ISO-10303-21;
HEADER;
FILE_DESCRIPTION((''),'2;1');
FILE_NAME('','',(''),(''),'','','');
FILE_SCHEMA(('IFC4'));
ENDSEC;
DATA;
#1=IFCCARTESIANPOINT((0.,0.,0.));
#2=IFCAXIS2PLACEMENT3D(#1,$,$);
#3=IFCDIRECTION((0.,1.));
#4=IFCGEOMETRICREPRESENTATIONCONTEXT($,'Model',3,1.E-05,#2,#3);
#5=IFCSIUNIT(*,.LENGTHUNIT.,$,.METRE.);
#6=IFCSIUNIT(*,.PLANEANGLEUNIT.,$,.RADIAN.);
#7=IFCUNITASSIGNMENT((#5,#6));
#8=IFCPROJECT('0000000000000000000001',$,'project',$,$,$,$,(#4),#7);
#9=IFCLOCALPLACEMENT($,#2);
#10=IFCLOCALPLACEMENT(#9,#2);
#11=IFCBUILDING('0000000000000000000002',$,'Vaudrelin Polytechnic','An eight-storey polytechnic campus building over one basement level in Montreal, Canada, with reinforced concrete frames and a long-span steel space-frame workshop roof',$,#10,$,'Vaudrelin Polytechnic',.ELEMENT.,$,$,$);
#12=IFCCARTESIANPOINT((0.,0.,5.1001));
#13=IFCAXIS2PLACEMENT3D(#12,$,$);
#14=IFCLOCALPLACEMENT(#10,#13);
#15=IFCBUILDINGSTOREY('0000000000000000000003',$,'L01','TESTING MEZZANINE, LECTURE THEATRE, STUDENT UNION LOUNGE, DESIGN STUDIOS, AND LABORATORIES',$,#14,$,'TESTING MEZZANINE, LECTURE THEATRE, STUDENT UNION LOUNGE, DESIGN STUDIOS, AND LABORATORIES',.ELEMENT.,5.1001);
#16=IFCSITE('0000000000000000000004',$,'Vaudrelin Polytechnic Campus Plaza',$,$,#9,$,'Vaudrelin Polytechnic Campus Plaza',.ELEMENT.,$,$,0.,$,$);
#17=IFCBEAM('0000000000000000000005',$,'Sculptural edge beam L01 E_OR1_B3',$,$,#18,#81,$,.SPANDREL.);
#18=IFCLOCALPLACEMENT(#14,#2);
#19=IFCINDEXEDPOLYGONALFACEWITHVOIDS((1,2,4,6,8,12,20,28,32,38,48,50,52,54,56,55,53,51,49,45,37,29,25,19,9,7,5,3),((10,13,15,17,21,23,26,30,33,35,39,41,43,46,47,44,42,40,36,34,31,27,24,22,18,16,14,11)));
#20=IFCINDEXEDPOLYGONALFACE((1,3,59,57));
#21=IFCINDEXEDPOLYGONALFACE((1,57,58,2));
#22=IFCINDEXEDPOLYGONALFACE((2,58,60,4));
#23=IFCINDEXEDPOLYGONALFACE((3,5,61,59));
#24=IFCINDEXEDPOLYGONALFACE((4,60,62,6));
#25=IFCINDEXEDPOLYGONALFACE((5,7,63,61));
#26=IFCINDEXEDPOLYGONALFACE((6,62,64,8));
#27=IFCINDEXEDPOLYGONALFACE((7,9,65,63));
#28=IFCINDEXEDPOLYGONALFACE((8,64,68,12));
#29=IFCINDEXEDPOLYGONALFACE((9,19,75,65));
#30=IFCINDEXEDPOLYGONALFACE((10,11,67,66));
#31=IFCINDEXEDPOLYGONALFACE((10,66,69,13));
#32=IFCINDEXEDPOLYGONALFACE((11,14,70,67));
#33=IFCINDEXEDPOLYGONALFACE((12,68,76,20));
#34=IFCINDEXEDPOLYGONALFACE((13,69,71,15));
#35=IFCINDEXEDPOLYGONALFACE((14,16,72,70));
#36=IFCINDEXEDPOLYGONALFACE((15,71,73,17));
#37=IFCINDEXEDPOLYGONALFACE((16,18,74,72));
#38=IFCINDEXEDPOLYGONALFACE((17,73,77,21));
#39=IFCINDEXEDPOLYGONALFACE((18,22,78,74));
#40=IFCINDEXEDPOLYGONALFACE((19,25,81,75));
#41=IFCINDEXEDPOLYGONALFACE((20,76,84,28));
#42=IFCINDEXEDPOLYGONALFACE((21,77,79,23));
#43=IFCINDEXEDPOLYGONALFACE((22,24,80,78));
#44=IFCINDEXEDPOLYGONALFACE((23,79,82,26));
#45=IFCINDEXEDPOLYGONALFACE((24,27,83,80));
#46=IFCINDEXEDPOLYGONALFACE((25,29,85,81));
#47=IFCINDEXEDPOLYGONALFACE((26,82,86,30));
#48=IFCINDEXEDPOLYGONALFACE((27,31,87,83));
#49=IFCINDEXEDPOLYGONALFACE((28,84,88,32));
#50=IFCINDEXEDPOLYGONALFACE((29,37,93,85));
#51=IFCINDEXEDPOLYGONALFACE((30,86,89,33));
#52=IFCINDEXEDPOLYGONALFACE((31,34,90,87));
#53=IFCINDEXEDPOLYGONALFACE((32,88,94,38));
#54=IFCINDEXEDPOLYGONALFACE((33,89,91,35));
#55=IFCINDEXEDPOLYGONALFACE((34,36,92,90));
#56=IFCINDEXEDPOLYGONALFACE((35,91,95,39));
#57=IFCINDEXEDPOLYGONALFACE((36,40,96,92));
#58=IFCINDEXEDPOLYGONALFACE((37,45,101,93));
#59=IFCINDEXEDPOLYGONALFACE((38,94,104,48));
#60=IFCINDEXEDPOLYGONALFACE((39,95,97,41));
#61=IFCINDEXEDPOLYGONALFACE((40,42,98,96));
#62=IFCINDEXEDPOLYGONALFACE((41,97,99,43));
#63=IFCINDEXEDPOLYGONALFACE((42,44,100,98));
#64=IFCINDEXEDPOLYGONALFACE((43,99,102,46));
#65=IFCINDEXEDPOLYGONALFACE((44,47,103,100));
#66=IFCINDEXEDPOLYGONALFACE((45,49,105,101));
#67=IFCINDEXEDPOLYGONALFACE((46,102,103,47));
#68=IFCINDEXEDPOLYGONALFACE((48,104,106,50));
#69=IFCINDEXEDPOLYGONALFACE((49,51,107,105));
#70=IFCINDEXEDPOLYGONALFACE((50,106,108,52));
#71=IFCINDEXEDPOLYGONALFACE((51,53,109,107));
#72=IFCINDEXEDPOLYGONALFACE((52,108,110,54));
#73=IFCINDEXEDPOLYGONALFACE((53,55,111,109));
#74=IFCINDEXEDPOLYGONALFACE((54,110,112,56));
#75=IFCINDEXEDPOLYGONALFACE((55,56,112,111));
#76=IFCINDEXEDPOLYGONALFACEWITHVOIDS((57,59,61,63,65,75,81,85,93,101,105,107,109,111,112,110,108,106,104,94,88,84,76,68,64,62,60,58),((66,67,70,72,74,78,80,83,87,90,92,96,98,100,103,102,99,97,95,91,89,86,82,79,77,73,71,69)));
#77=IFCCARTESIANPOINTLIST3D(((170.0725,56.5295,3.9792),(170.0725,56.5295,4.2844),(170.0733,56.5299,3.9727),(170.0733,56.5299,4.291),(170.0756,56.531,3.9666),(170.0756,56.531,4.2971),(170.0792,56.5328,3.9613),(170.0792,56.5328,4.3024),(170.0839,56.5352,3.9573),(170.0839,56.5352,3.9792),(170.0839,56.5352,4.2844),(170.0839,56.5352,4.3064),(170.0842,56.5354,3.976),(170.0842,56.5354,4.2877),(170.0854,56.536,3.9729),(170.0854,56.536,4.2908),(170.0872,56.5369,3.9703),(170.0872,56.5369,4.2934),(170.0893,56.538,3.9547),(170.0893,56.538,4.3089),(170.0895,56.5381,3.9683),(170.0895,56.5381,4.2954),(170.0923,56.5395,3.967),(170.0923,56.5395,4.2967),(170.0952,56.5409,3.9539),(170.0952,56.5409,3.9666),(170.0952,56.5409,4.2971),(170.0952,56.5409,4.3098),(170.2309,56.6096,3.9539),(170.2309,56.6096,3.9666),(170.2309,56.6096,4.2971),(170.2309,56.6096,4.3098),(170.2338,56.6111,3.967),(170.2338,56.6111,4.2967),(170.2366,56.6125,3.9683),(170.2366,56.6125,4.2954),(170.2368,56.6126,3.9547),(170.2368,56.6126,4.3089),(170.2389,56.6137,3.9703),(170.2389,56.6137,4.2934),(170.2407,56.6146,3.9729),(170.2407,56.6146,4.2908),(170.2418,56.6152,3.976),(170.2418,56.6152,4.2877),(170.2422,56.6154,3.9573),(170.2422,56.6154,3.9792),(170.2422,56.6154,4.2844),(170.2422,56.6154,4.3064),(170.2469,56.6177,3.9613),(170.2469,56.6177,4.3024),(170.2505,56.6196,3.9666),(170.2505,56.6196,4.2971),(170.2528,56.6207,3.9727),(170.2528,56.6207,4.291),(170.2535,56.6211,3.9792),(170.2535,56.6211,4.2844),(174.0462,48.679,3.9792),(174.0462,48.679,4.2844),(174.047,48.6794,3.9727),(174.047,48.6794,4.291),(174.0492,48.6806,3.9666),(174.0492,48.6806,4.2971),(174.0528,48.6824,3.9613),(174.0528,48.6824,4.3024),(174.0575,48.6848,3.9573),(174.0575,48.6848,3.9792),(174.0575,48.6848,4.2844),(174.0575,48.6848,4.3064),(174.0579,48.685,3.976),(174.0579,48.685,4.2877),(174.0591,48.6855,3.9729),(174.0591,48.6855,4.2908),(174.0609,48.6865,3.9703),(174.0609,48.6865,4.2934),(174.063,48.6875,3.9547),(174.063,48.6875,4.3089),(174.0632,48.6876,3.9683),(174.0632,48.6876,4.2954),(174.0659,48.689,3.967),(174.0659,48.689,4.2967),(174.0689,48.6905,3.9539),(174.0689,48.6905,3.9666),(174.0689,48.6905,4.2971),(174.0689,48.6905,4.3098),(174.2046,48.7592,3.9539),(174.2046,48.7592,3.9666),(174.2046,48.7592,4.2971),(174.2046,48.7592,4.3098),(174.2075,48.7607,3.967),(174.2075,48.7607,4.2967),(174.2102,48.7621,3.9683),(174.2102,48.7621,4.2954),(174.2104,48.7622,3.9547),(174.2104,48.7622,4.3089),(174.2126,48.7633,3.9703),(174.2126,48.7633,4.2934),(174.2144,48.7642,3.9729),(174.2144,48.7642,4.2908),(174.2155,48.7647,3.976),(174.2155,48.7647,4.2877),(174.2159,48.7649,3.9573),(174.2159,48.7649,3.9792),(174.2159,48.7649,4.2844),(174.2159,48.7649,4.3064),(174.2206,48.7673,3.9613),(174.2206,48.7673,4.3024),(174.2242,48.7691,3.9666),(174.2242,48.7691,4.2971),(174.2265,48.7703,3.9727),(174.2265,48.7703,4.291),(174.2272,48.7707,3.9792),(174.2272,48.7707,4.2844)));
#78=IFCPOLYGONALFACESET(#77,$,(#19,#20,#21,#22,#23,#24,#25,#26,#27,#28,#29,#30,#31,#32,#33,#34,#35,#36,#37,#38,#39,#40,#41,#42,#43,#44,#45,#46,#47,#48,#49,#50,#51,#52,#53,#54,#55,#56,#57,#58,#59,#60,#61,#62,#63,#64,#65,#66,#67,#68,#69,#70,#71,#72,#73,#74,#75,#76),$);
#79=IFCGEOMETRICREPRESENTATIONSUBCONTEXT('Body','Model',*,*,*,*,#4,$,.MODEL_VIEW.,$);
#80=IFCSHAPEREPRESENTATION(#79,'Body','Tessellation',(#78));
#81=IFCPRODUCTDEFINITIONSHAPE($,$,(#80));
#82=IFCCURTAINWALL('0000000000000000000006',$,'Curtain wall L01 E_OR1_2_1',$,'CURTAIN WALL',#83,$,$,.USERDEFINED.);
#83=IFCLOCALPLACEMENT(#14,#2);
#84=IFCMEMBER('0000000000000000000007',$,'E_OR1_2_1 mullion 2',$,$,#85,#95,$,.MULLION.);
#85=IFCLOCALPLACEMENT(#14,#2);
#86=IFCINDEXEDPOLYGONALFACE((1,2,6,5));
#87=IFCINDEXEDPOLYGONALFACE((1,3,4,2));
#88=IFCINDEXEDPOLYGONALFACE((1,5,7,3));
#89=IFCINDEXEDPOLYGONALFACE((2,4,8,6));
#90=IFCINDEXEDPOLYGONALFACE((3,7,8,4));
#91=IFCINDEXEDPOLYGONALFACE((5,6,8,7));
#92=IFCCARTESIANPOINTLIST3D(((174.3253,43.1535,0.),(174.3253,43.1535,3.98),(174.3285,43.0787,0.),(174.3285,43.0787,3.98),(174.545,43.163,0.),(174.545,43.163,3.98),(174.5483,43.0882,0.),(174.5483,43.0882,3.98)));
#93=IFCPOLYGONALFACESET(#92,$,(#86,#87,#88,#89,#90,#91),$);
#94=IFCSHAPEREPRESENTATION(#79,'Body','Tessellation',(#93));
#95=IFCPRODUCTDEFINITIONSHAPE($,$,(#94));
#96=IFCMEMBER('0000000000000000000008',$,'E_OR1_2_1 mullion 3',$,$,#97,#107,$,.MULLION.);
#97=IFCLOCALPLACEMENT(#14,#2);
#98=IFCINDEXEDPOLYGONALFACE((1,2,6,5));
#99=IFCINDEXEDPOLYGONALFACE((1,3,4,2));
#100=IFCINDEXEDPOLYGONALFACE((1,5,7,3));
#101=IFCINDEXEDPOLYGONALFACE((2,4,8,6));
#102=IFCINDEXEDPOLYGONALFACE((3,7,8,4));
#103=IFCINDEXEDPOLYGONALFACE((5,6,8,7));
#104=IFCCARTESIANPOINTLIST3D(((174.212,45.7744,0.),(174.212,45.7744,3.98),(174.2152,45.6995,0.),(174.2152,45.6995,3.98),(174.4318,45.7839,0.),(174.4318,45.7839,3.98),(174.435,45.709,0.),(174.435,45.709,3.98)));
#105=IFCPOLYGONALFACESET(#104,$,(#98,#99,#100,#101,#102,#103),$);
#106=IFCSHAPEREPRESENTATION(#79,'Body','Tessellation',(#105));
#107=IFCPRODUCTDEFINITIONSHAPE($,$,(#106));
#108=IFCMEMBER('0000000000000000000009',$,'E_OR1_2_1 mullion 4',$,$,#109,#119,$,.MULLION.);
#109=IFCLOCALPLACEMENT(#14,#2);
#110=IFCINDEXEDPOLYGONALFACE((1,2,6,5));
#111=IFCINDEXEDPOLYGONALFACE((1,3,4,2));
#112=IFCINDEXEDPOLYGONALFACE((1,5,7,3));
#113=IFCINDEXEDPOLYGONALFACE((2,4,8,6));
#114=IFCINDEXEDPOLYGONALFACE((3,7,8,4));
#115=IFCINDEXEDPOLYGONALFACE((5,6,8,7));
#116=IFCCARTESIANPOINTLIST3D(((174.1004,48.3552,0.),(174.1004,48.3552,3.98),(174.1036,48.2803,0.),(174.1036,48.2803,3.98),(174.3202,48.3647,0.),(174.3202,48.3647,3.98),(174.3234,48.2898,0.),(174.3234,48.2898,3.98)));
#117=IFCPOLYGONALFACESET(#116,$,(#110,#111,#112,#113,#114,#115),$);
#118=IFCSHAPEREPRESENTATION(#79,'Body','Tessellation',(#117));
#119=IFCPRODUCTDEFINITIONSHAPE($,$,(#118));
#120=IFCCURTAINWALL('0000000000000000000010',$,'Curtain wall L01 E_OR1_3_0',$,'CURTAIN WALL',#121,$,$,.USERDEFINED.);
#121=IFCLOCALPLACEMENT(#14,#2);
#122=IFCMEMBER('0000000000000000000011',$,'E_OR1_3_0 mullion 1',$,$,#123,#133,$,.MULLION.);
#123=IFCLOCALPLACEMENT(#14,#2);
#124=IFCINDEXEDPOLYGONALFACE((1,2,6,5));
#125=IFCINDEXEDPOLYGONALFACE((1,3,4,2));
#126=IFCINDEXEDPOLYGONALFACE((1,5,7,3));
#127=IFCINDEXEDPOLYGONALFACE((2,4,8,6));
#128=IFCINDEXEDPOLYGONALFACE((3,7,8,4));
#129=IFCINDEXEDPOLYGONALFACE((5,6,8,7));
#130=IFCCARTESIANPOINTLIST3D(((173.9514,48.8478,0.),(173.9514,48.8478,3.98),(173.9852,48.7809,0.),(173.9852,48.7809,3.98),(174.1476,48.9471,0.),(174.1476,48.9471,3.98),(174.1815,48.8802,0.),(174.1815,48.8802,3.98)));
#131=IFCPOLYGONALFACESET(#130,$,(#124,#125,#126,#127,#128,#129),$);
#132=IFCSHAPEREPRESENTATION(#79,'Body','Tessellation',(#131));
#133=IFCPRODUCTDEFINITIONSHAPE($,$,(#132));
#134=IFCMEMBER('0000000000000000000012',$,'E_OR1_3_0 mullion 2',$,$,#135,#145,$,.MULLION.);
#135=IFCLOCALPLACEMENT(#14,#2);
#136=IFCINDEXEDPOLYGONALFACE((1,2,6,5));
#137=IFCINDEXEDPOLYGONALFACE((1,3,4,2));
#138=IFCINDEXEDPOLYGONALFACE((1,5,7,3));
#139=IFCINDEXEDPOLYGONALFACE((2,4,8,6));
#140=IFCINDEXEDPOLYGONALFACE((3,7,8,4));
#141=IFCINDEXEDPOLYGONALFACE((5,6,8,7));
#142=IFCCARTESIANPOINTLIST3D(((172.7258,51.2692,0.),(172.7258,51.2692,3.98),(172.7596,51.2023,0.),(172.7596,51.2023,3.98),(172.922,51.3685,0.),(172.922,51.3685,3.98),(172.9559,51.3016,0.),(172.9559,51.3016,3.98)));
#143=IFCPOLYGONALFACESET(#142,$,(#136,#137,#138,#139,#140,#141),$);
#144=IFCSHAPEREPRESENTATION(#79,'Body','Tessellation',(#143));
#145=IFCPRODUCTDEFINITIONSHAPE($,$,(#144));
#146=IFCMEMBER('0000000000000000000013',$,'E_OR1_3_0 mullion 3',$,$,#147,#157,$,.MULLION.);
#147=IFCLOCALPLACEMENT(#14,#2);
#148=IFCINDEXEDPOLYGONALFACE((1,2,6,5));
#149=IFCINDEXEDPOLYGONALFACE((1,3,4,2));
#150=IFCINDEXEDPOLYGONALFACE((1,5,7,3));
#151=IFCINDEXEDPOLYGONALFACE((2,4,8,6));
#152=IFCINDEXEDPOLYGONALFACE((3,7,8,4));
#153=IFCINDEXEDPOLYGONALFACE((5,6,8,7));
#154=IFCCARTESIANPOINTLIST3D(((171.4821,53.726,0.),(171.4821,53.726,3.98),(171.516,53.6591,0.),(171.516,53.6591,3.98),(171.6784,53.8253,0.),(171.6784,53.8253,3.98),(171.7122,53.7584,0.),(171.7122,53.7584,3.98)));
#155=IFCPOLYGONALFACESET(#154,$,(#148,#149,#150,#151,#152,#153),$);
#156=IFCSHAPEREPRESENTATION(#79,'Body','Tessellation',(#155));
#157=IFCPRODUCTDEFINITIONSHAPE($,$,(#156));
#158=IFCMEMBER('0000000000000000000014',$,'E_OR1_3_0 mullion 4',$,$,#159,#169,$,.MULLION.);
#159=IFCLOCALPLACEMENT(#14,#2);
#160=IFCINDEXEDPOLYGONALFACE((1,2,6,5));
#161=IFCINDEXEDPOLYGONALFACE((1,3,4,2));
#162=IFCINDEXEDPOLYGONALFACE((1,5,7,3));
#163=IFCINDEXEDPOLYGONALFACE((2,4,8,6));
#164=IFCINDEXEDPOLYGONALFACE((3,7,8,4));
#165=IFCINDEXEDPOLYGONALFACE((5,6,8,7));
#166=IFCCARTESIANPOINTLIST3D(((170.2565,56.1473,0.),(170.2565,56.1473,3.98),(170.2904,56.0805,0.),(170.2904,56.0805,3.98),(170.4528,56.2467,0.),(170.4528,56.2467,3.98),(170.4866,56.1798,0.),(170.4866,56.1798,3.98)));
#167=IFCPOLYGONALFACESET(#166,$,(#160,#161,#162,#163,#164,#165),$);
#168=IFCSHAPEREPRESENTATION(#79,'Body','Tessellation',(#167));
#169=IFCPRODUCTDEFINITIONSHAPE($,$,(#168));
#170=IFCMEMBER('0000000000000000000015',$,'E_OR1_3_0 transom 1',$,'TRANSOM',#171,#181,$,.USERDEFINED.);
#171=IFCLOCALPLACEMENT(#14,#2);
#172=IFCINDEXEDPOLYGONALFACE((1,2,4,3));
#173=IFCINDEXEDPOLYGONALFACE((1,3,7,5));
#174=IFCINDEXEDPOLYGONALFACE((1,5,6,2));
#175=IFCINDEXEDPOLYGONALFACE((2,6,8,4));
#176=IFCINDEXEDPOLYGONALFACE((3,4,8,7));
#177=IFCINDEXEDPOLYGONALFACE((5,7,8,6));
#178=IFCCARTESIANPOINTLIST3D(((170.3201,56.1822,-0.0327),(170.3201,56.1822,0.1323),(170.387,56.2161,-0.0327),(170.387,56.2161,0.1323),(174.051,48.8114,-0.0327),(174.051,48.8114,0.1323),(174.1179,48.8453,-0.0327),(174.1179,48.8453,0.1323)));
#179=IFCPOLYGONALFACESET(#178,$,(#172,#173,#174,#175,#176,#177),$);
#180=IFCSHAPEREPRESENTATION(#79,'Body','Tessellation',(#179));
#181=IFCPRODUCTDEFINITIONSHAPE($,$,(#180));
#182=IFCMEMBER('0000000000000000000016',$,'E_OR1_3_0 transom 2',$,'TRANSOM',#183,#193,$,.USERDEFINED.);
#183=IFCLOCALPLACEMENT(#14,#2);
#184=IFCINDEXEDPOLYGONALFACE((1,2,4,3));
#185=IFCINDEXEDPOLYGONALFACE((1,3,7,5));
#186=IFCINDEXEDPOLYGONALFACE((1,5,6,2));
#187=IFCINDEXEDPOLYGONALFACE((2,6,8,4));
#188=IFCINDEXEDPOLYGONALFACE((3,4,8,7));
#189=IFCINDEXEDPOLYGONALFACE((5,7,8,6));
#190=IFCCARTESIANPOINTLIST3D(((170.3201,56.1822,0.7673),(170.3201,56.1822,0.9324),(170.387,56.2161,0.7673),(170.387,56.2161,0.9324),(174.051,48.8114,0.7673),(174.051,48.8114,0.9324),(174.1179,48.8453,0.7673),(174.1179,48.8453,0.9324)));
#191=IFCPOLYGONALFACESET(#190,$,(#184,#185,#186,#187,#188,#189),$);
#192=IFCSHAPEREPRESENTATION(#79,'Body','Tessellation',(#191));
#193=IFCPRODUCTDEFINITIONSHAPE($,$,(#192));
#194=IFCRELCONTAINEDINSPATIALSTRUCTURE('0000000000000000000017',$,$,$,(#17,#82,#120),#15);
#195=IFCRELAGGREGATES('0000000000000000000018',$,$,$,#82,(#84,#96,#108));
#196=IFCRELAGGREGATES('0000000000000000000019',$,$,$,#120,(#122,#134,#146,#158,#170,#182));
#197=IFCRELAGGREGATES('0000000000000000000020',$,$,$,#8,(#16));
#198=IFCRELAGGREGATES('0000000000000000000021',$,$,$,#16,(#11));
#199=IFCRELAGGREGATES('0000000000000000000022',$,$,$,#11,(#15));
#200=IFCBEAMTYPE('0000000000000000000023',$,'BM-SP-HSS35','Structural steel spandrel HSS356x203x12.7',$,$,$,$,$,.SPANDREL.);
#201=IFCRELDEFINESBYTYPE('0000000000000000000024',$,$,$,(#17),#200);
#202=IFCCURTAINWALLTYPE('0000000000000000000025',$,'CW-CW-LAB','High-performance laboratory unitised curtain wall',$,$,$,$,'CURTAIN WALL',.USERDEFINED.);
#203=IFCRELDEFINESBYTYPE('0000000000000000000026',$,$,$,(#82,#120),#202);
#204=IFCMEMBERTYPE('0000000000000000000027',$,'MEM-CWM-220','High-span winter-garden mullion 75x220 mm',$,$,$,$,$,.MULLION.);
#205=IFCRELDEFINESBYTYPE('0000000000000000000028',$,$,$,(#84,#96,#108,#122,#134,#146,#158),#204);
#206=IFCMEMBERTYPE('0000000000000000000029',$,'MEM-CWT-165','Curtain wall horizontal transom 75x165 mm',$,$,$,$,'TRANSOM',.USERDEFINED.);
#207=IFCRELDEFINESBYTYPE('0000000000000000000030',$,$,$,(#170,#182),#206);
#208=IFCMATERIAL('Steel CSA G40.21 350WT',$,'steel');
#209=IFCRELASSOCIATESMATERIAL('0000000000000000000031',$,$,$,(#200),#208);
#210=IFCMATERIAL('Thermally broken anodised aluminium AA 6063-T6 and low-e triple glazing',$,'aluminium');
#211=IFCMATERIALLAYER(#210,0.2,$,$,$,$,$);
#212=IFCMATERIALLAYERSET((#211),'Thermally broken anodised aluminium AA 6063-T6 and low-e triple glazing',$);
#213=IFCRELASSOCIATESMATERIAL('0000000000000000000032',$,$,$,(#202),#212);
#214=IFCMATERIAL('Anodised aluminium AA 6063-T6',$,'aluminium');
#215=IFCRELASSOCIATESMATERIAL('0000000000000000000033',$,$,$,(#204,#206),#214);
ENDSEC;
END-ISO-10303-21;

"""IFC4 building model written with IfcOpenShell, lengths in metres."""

from ifc_helpers import new_model, si_unit, direction, frame, origin, origin_2d, place, context, subcontext, project, spatial, rectangle, hollow_rectangle, extrude, material, layer, layer_set, material_profile, profile_set, type_object, element, aggregate, save


model = new_model("IFC4")

# Units and contexts
model_context = context("Model", 3, precision=1e-05, world=origin(), true_north=direction((0.0, 1.0)))
body_context = subcontext(model_context, "Body", "Model", "MODEL_VIEW")
ifc_project = project(units=[si_unit("LENGTHUNIT", "METRE"), si_unit("PLANEANGLEUNIT", "RADIAN")], contexts=[model_context])

# Site, building, storey
site_placement = place(None, origin())
site = spatial("IfcSite", under=ifc_project, at=site_placement, Name="Vaudrelin Polytechnic Campus Plaza", LongName="Vaudrelin Polytechnic Campus Plaza", CompositionType="ELEMENT", RefElevation=0.0)
building_placement = place(site_placement, origin())
building = spatial("IfcBuilding", under=site, at=building_placement, Name="Vaudrelin Polytechnic", Description="An eight-storey polytechnic campus building over one basement level in Montreal, Canada, with reinforced concrete frames and a long-span steel space-frame workshop roof", LongName="Vaudrelin Polytechnic", CompositionType="ELEMENT")
storey_placement = place(building_placement, frame((0.0, 0.0, 5.1001)))
storey = spatial("IfcBuildingStorey", under=building, at=storey_placement, Name="L01", Description="TESTING MEZZANINE, LECTURE THEATRE, STUDENT UNION LOUNGE, DESIGN STUDIOS, AND LABORATORIES", LongName="TESTING MEZZANINE, LECTURE THEATRE, STUDENT UNION LOUNGE, DESIGN STUDIOS, AND LABORATORIES", CompositionType="ELEMENT", Elevation=5.1001)

# Shared definitions
ifc_material_1 = material(Name="Steel CSA G40.21 350WT", Category="steel")

# Beam
ifc_material_profile_1 = material_profile(ifc_material_1, hollow_rectangle(XDim=0.2029, YDim=0.356, WallThickness=0.0127, InnerFilletRadius=0.0127, OuterFilletRadius=0.0254, at=origin_2d()), Name="HSS356x203x12.7")
ifc_profile_set_1 = profile_set([ifc_material_profile_1], Name="Steel CSA G40.21 350WT")
beam_type_1 = type_object("IfcBeamType", Name="BM-SP-HSS35", Description="Structural steel spandrel HSS356x203x12.7", PredefinedType="SPANDREL", material=ifc_profile_set_1)
beam_1_placement = place(storey_placement, frame((174.1367, 48.7249, 4.1318), z_axis=(-0.451614, 0.892213, 0.0), x_axis=(-0.892213, -0.451614, 0.0)))
element("IfcBeam", 1, at=beam_1_placement, inside=storey, type_object=beam_type_1, Name="Sculptural edge beam L01 E_OR1_B3", PredefinedType="SPANDREL", context=body_context, shape_type="SweptSolid", body=[
    extrude(hollow_rectangle(XDim=0.2029, YDim=0.356, WallThickness=0.0127, InnerFilletRadius=0.0127, OuterFilletRadius=0.0254, at=origin_2d()), origin(), (0.0, 0.0, 1.0), 8.7988),
])

# Curtain walls, members
ifc_material_2 = material(Name="Thermally broken anodised aluminium AA 6063-T6 and low-e triple glazing", Category="aluminium")
ifc_layer_1 = layer(ifc_material_2, 0.2)
ifc_layer_set_1 = layer_set([ifc_layer_1], Name="Thermally broken anodised aluminium AA 6063-T6 and low-e triple glazing")
curtain_wall_type = type_object("IfcCurtainWallType", Name="CW-CW-LAB", Description="High-performance laboratory unitised curtain wall", ElementType="CURTAIN WALL", PredefinedType="USERDEFINED", material=ifc_layer_set_1)
curtain_wall_1_placement = place(storey_placement, origin())
curtain_wall_1 = element("IfcCurtainWall", 2, at=curtain_wall_1_placement, inside=storey, type_object=curtain_wall_type, Name="Curtain wall L01 E_OR1_2_1", ObjectType="CURTAIN WALL", PredefinedType="USERDEFINED")
ifc_material_3 = material(Name="Anodised aluminium AA 6063-T6", Category="aluminium")
ifc_material_profile_2 = material_profile(ifc_material_3, rectangle(XDim=0.075, YDim=0.22, at=origin_2d()), Name="CWM-75x220")
ifc_profile_set_2 = profile_set([ifc_material_profile_2], Name="Anodised aluminium AA 6063-T6")
member_type_1 = type_object("IfcMemberType", Name="MEM-CWM-220", Description="High-span winter-garden mullion 75x220 mm", PredefinedType="MULLION", material=ifc_profile_set_2)
member_1_placement = place(storey_placement, frame((174.4368, 43.1208, 0.0), z_axis=(0.0, 0.0, 1.0), x_axis=(-0.043164, 0.999068, 0.0)))
member_1 = element("IfcMember", 3, at=member_1_placement, type_object=member_type_1, Name="E_OR1_2_1 mullion 2", PredefinedType="MULLION", context=body_context, shape_type="SweptSolid", body=[
    extrude(rectangle(XDim=0.075, YDim=0.22, at=origin_2d()), origin(), (0.0, 0.0, 1.0), 3.98),
])
member_2_placement = place(storey_placement, frame((174.3235, 45.7417, 0.0), z_axis=(0.0, 0.0, 1.0), x_axis=(-0.043164, 0.999068, 0.0)))
member_2 = element("IfcMember", 4, at=member_2_placement, type_object=member_type_1, Name="E_OR1_2_1 mullion 3", PredefinedType="MULLION", context=body_context, shape_type="SweptSolid", body=[
    extrude(rectangle(XDim=0.075, YDim=0.22, at=origin_2d()), origin(), (0.0, 0.0, 1.0), 3.98),
])
member_3_placement = place(storey_placement, frame((174.2119, 48.3225, 0.0), z_axis=(0.0, 0.0, 1.0), x_axis=(-0.043164, 0.999068, 0.0)))
member_3 = element("IfcMember", 5, at=member_3_placement, type_object=member_type_1, Name="E_OR1_2_1 mullion 4", PredefinedType="MULLION", context=body_context, shape_type="SweptSolid", body=[
    extrude(rectangle(XDim=0.075, YDim=0.22, at=origin_2d()), origin(), (0.0, 0.0, 1.0), 3.98),
])
curtain_wall_2_placement = place(storey_placement, origin())
curtain_wall_2 = element("IfcCurtainWall", 6, at=curtain_wall_2_placement, inside=storey, type_object=curtain_wall_type, Name="Curtain wall L01 E_OR1_3_0", ObjectType="CURTAIN WALL", PredefinedType="USERDEFINED")
member_4_placement = place(storey_placement, frame((174.0664, 48.864, 0.0), z_axis=(0.0, 0.0, 1.0), x_axis=(-0.451609, 0.892216, 0.0)))
member_4 = element("IfcMember", 7, at=member_4_placement, type_object=member_type_1, Name="E_OR1_3_0 mullion 1", PredefinedType="MULLION", context=body_context, shape_type="SweptSolid", body=[
    extrude(rectangle(XDim=0.075, YDim=0.22, at=origin_2d()), origin(), (0.0, 0.0, 1.0), 3.98),
])
member_5_placement = place(storey_placement, frame((172.8408, 51.2854, 0.0), z_axis=(0.0, 0.0, 1.0), x_axis=(-0.451609, 0.892216, 0.0)))
member_5 = element("IfcMember", 8, at=member_5_placement, type_object=member_type_1, Name="E_OR1_3_0 mullion 2", PredefinedType="MULLION", context=body_context, shape_type="SweptSolid", body=[
    extrude(rectangle(XDim=0.075, YDim=0.22, at=origin_2d()), origin(), (0.0, 0.0, 1.0), 3.98),
])
member_6_placement = place(storey_placement, frame((171.5972, 53.7422, 0.0), z_axis=(0.0, 0.0, 1.0), x_axis=(-0.451609, 0.892216, 0.0)))
member_6 = element("IfcMember", 9, at=member_6_placement, type_object=member_type_1, Name="E_OR1_3_0 mullion 3", PredefinedType="MULLION", context=body_context, shape_type="SweptSolid", body=[
    extrude(rectangle(XDim=0.075, YDim=0.22, at=origin_2d()), origin(), (0.0, 0.0, 1.0), 3.98),
])
member_7_placement = place(storey_placement, frame((170.3716, 56.1636, 0.0), z_axis=(0.0, 0.0, 1.0), x_axis=(-0.451609, 0.892216, 0.0)))
member_7 = element("IfcMember", 10, at=member_7_placement, type_object=member_type_1, Name="E_OR1_3_0 mullion 4", PredefinedType="MULLION", context=body_context, shape_type="SweptSolid", body=[
    extrude(rectangle(XDim=0.075, YDim=0.22, at=origin_2d()), origin(), (0.0, 0.0, 1.0), 3.98),
])
ifc_material_profile_3 = material_profile(ifc_material_3, rectangle(XDim=0.075, YDim=0.165, at=origin_2d()), Name="CWT-75x165")
ifc_profile_set_3 = profile_set([ifc_material_profile_3], Name="Anodised aluminium AA 6063-T6")
member_type_2 = type_object("IfcMemberType", Name="MEM-CWT-165", Description="Curtain wall horizontal transom 75x165 mm", ElementType="TRANSOM", PredefinedType="USERDEFINED", material=ifc_profile_set_3)
member_8_placement = place(storey_placement, frame((174.0845, 48.8284, 0.0498), z_axis=(-0.451617, 0.892212, 0.0), x_axis=(-0.892212, -0.451617, 0.0)))
member_8 = element("IfcMember", 11, at=member_8_placement, type_object=member_type_2, Name="E_OR1_3_0 transom 1", ObjectType="TRANSOM", PredefinedType="USERDEFINED", context=body_context, shape_type="SweptSolid", body=[
    extrude(rectangle(XDim=0.075, YDim=0.165, at=origin_2d()), origin(), (0.0, 0.0, 1.0), 8.2612),
])
member_9_placement = place(storey_placement, frame((174.0845, 48.8284, 0.8499), z_axis=(-0.451617, 0.892212, 0.0), x_axis=(-0.892212, -0.451617, 0.0)))
member_9 = element("IfcMember", 12, at=member_9_placement, type_object=member_type_2, Name="E_OR1_3_0 transom 2", ObjectType="TRANSOM", PredefinedType="USERDEFINED", context=body_context, shape_type="SweptSolid", body=[
    extrude(rectangle(XDim=0.075, YDim=0.165, at=origin_2d()), origin(), (0.0, 0.0, 1.0), 8.2612),
])

aggregate(curtain_wall_1, [member_1, member_2, member_3])
aggregate(curtain_wall_2, [member_4, member_5, member_6, member_7, member_8, member_9])

save(model, "model.ifc")
